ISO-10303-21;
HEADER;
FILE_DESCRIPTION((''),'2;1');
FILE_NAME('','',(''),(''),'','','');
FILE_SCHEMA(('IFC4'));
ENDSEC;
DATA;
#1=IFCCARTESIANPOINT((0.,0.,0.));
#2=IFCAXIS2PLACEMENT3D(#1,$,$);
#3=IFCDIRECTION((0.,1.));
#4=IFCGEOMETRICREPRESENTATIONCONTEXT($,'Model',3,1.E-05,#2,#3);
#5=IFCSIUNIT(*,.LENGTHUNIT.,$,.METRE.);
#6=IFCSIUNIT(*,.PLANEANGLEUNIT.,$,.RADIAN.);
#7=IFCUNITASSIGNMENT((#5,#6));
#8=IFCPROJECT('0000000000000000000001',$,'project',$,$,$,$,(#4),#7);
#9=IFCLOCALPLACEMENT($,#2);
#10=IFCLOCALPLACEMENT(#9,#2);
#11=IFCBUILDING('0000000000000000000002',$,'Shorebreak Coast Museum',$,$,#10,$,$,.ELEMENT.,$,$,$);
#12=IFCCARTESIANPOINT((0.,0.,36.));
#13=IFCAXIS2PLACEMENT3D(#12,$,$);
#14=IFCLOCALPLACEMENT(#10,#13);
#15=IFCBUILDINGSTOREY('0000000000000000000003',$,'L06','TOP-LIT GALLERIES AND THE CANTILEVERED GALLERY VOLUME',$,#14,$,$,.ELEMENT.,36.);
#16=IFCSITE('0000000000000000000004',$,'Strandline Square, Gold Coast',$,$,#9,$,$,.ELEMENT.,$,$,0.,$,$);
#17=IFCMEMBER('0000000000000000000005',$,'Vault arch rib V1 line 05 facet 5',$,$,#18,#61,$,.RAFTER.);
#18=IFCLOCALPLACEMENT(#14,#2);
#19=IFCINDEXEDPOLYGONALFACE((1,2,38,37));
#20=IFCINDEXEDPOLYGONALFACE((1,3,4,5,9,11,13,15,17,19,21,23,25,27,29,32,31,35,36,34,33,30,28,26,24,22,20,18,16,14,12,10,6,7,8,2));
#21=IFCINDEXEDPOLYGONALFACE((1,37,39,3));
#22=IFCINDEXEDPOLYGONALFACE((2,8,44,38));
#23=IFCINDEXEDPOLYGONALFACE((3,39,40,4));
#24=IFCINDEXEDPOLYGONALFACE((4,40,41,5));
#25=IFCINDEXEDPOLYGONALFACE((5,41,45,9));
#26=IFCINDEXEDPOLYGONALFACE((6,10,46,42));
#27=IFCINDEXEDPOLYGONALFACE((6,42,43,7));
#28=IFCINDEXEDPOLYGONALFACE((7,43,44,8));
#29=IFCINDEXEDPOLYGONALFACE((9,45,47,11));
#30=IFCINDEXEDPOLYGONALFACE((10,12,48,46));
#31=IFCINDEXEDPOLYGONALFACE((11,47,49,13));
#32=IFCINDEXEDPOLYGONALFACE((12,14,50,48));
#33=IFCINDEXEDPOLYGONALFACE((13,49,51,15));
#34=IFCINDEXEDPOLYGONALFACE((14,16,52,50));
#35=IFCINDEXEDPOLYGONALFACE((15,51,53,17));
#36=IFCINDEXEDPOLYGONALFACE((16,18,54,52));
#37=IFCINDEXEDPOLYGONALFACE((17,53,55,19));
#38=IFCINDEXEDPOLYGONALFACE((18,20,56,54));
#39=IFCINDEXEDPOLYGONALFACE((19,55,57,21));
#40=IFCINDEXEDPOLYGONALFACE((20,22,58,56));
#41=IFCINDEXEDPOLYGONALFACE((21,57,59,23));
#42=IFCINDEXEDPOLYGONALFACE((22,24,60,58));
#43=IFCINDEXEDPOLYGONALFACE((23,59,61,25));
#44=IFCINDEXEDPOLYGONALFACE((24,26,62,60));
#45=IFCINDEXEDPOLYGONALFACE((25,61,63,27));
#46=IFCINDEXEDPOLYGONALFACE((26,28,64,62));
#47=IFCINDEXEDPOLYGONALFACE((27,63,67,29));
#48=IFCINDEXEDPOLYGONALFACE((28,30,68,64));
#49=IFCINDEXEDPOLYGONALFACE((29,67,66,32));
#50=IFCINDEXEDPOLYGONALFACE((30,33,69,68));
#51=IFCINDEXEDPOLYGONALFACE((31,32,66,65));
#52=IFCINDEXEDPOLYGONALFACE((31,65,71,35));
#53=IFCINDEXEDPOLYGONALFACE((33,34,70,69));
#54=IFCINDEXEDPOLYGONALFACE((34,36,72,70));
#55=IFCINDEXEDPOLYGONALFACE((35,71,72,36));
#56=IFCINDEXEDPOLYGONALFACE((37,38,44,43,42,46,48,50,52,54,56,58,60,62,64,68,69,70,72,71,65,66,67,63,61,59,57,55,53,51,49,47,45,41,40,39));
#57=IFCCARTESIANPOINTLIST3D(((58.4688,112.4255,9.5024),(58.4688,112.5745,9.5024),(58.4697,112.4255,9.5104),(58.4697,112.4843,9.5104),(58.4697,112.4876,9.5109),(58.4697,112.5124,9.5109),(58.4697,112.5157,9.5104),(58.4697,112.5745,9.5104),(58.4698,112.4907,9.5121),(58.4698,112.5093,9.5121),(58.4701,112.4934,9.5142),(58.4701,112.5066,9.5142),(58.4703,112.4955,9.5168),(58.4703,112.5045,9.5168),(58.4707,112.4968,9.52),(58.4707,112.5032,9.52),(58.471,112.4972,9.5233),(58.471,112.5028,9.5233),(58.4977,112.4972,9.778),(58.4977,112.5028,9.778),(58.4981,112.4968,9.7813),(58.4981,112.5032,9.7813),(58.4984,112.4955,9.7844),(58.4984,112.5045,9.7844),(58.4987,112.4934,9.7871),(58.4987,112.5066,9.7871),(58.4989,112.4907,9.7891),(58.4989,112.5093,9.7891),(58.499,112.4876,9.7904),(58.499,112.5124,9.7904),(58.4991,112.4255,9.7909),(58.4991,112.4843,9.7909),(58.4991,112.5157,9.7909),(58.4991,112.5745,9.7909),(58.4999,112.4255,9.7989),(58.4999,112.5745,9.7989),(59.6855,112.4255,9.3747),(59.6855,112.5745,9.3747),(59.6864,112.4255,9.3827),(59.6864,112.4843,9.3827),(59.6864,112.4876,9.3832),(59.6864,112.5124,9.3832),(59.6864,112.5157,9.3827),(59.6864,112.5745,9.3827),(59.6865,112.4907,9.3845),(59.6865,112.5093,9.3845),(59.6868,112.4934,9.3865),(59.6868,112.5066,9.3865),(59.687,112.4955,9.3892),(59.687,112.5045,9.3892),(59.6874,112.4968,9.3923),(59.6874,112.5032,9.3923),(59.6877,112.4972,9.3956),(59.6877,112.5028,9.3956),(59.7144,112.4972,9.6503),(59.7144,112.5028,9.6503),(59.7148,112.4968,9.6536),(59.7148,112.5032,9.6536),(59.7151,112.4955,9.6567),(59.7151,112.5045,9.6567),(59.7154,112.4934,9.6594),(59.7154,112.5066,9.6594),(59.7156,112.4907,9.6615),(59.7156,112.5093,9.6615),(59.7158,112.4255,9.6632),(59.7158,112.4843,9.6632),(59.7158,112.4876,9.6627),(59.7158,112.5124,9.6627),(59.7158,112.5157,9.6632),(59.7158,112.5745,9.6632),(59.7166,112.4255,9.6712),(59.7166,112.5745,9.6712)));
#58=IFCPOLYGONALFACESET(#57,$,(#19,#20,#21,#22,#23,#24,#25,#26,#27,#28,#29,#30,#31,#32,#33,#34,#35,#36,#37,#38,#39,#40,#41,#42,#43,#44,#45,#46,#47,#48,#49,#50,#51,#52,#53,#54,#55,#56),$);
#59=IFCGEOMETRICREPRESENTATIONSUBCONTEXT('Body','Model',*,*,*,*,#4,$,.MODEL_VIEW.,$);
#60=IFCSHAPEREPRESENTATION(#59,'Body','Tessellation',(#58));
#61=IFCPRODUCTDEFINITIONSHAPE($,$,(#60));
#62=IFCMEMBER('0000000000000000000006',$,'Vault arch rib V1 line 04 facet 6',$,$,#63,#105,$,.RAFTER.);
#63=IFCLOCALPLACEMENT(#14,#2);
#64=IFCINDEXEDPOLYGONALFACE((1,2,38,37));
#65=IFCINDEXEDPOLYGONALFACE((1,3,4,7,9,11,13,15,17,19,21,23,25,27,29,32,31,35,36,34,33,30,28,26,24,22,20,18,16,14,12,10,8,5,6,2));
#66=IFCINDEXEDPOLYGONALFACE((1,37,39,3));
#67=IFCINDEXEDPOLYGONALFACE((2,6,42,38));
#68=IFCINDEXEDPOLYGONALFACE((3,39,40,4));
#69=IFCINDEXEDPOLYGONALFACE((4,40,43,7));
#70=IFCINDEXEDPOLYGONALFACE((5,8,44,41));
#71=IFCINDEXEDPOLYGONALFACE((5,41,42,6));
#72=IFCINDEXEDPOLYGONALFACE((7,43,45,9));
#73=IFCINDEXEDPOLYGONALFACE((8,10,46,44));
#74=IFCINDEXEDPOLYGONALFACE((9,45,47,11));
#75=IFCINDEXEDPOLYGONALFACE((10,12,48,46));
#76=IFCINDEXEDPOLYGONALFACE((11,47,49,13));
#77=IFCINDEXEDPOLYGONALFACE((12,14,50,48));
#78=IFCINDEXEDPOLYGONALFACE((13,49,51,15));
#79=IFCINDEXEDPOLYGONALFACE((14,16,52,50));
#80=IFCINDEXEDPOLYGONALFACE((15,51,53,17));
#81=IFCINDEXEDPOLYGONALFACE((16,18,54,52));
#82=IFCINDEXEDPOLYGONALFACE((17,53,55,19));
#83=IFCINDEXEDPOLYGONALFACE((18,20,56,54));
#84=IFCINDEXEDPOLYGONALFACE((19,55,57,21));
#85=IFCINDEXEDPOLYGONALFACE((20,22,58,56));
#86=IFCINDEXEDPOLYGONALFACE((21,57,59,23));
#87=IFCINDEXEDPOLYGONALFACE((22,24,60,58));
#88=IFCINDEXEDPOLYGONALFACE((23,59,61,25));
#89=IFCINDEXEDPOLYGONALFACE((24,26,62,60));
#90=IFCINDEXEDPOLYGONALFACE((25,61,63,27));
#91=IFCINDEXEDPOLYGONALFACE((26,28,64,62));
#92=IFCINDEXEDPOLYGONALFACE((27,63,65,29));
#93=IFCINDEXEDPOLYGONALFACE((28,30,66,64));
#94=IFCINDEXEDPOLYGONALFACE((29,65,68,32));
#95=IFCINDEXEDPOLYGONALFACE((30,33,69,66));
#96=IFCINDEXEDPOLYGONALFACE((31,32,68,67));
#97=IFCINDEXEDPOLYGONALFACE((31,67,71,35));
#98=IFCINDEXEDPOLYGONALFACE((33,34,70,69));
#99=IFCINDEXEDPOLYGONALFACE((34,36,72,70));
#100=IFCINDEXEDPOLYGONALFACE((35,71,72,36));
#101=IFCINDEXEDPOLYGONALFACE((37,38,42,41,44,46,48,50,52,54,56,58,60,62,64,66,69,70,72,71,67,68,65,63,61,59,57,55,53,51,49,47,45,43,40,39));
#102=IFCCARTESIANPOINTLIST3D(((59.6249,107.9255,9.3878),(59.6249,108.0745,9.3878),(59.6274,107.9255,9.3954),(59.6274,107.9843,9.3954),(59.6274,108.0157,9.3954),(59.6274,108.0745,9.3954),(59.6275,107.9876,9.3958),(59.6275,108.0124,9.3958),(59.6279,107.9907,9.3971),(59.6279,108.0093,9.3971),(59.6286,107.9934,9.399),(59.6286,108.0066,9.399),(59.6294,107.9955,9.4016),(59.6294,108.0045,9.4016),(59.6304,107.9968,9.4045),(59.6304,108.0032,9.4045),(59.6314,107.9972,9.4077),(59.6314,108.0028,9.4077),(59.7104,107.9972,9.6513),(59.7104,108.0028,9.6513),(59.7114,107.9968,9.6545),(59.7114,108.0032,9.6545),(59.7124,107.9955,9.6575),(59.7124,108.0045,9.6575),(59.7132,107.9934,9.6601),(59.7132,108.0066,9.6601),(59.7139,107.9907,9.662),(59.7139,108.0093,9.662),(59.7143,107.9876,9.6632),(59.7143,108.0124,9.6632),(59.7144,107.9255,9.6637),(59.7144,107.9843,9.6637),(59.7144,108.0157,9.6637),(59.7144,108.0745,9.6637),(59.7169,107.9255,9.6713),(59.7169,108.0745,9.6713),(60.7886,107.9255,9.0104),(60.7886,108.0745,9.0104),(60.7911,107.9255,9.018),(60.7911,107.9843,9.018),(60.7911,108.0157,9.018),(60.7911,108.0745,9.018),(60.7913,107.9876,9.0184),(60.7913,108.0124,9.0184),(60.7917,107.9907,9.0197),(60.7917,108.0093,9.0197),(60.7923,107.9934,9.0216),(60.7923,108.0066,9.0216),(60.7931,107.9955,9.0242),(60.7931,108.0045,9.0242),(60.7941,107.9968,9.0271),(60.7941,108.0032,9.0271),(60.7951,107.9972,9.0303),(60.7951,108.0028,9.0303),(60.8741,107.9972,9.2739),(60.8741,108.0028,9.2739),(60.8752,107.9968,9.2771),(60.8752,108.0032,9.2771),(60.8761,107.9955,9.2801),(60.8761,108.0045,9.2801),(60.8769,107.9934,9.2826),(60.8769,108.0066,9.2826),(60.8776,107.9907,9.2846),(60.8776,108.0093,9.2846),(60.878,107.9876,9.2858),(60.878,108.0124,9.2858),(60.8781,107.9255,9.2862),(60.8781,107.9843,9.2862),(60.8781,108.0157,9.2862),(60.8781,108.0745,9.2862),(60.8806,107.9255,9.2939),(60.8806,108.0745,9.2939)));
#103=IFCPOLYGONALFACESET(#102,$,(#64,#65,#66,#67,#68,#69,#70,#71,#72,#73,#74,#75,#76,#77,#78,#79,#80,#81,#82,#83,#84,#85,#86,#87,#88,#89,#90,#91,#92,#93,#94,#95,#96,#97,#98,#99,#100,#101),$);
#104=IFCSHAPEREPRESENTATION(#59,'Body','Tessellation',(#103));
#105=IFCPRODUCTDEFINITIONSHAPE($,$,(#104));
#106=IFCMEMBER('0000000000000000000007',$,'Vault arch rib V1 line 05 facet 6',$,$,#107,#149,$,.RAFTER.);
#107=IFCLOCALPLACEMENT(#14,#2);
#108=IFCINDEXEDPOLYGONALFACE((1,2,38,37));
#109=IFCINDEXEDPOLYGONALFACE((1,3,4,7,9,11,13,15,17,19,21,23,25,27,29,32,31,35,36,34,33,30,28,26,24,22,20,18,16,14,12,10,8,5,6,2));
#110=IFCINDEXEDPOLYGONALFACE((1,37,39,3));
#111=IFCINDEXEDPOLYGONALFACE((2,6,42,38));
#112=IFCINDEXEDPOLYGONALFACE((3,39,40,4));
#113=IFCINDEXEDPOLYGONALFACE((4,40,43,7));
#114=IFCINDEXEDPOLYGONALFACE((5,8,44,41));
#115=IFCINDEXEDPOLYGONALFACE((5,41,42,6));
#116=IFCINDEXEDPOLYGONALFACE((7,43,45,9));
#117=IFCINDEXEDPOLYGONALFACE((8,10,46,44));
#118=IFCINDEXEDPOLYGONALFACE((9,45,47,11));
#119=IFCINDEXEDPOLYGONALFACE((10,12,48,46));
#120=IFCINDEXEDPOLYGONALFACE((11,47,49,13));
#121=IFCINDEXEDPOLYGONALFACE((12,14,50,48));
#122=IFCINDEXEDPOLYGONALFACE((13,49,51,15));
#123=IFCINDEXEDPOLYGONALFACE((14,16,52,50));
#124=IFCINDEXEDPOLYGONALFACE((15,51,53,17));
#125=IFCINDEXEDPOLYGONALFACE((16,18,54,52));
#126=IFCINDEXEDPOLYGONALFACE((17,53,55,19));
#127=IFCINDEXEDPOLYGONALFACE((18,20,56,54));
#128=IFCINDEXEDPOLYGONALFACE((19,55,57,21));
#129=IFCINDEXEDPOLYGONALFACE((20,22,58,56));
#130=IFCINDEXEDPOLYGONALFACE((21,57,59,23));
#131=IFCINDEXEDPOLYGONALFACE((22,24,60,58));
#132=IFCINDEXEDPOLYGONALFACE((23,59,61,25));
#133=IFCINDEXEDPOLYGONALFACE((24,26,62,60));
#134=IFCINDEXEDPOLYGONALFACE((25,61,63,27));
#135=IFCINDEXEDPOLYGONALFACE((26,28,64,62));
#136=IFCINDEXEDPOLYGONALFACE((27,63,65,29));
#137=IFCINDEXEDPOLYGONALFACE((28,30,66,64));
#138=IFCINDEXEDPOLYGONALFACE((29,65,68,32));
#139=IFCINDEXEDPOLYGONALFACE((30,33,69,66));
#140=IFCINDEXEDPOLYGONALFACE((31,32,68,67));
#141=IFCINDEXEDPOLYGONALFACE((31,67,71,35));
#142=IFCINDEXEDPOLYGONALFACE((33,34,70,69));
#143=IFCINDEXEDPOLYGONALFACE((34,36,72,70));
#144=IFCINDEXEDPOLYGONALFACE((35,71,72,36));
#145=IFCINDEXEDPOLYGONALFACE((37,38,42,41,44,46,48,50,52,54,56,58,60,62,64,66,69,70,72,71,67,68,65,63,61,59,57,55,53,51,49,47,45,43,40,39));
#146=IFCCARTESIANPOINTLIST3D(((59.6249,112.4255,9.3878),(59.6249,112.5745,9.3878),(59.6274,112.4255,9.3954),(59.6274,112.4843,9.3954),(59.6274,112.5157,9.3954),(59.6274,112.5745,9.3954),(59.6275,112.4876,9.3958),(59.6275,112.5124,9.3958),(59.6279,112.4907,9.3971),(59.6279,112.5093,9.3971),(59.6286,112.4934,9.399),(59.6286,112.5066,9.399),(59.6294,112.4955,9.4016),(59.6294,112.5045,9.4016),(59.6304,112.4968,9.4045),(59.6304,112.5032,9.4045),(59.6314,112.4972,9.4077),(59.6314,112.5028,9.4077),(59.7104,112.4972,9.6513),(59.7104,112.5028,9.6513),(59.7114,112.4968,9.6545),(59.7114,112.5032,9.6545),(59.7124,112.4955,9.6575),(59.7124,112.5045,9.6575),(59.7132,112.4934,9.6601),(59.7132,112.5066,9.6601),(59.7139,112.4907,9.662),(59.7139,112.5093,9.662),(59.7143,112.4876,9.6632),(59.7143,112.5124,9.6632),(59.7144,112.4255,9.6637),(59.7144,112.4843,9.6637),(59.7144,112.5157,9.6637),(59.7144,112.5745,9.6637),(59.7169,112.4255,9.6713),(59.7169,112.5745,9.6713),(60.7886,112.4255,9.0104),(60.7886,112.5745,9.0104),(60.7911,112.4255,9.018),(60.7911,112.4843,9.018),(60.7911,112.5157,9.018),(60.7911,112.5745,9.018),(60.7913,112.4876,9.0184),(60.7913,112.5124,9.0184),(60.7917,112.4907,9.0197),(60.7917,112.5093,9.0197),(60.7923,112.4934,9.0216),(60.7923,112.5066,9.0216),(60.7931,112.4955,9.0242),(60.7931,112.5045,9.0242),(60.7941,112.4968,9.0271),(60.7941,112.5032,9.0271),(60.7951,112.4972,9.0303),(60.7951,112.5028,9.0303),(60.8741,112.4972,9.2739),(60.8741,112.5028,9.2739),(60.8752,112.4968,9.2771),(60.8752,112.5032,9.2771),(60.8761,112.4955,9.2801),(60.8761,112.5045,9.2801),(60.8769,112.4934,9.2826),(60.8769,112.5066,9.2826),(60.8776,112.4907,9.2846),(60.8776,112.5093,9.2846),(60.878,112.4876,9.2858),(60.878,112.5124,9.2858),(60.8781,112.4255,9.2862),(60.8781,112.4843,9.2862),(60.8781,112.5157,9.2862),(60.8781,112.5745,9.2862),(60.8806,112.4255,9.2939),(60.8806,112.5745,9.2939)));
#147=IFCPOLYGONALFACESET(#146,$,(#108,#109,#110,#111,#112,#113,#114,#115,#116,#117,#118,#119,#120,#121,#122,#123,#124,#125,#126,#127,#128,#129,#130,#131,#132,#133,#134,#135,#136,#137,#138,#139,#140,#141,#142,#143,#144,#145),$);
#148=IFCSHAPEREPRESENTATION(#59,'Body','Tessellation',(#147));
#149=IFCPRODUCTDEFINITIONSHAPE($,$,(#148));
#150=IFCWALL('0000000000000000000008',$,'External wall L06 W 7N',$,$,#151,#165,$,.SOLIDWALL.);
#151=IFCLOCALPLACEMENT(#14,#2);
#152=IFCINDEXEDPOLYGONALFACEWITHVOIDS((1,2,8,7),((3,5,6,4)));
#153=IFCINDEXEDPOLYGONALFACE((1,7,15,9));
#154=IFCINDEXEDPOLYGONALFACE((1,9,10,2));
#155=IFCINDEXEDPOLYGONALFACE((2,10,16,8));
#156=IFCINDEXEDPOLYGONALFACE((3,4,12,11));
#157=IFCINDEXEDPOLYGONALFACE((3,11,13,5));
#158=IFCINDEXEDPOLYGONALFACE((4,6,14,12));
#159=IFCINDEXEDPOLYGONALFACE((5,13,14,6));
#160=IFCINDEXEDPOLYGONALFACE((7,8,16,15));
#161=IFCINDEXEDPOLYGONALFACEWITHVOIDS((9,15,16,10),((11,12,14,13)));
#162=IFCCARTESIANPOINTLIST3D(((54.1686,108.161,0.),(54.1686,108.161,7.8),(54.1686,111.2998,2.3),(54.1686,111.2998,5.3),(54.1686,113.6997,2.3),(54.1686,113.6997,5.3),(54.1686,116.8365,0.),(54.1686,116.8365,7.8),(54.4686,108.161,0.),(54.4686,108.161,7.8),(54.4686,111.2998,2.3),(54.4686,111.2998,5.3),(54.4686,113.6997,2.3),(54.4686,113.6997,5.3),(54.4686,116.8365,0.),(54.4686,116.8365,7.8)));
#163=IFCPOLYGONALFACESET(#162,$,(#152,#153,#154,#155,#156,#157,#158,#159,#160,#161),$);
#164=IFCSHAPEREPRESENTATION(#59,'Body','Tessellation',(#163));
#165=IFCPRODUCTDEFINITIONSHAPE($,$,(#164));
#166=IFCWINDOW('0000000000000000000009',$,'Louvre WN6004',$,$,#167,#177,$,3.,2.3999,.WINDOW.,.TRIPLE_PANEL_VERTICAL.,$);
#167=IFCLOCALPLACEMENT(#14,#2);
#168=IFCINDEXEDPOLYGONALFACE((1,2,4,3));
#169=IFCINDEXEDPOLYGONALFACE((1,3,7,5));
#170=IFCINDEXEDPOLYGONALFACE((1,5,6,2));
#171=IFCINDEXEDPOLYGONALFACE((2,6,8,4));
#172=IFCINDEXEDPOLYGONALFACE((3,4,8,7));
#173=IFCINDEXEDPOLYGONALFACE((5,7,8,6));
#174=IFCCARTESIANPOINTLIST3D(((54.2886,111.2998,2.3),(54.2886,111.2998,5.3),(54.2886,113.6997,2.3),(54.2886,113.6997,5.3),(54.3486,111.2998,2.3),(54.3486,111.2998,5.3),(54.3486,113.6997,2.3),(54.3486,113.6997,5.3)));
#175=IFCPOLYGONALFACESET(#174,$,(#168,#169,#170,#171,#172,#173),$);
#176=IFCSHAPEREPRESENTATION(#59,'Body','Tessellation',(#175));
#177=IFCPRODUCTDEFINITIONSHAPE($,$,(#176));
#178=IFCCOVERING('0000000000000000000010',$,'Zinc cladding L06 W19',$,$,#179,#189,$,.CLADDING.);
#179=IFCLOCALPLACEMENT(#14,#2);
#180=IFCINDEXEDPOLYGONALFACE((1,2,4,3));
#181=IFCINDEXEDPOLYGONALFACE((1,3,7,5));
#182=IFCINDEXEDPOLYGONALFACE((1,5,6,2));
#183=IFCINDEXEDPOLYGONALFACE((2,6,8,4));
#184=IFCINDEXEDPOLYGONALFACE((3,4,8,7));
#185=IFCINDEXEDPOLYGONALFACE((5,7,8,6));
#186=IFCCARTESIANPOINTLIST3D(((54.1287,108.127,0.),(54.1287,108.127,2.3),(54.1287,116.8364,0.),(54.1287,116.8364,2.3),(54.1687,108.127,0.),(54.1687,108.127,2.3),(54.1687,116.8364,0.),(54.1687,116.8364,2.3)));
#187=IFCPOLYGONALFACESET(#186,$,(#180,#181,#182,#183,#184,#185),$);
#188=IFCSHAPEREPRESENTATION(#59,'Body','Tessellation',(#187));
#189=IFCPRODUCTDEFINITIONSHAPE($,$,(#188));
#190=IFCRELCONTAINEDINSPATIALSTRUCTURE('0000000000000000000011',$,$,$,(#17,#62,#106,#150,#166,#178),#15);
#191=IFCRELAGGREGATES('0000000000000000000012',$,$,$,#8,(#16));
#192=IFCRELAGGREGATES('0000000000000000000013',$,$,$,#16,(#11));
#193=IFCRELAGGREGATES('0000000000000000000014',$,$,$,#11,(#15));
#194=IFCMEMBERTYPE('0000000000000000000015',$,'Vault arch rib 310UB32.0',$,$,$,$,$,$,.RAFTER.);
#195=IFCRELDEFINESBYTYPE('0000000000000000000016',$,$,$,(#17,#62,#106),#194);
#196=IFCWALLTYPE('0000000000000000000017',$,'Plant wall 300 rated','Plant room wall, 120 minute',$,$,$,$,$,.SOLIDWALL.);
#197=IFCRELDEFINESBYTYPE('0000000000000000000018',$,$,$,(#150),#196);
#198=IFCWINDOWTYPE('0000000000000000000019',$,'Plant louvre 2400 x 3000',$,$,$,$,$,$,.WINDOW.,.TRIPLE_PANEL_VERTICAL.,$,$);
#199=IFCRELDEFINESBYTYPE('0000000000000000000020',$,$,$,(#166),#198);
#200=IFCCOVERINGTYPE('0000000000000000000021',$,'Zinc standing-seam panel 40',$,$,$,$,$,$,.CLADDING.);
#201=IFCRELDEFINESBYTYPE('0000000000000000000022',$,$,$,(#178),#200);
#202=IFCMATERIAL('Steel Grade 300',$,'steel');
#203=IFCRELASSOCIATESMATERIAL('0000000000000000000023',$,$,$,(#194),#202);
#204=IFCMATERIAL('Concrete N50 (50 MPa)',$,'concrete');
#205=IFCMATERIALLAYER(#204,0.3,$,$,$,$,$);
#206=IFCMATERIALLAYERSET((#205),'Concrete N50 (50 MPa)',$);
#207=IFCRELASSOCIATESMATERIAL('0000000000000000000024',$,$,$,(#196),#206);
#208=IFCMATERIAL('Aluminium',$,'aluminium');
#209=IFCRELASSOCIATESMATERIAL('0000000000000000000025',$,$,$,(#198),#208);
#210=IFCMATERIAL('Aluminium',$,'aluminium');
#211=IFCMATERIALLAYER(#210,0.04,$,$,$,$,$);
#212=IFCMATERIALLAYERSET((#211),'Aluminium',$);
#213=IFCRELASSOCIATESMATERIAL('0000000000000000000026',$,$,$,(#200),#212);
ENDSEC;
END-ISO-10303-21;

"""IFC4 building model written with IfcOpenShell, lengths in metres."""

from ifc_helpers import new_model, si_unit, direction, frame, frame_2d, origin, origin_2d, place, context, subcontext, project, spatial, rectangle, i_section, extrude, material, layer, layer_set, material_profile, profile_set, type_object, element, fill, save


model = new_model("IFC4")

# Units and contexts
model_context = context("Model", 3, precision=1e-05, world=origin(), true_north=direction((0.0, 1.0)))
body_context = subcontext(model_context, "Body", "Model", "MODEL_VIEW")
ifc_project = project(units=[si_unit("LENGTHUNIT", "METRE"), si_unit("PLANEANGLEUNIT", "RADIAN")], contexts=[model_context])

# Site, building, storey
site_placement = place(None, origin())
site = spatial("IfcSite", under=ifc_project, at=site_placement, Name="Strandline Square, Gold Coast", CompositionType="ELEMENT", RefElevation=0.0)
building_placement = place(site_placement, origin())
building = spatial("IfcBuilding", under=site, at=building_placement, Name="Shorebreak Coast Museum", CompositionType="ELEMENT")
storey_placement = place(building_placement, frame((0.0, 0.0, 36.0)))
storey = spatial("IfcBuildingStorey", under=building, at=storey_placement, Name="L06", Description="TOP-LIT GALLERIES AND THE CANTILEVERED GALLERY VOLUME", CompositionType="ELEMENT", Elevation=36.0)

# Members
ifc_material_1 = material(Name="Steel Grade 300", Category="steel")
ifc_material_profile_1 = material_profile(ifc_material_1, i_section(OverallWidth=0.1489, OverallDepth=0.2981, WebThickness=0.0056, FlangeThickness=0.0081, FilletRadius=0.0129, at=origin_2d()), Name="310UB32.0")
ifc_profile_set_1 = profile_set([ifc_material_profile_1], Name="Steel Grade 300")
member_type_1 = type_object("IfcMemberType", Name="Vault arch rib 310UB32.0", PredefinedType="RAFTER", material=ifc_profile_set_1)
for number, where, z_axis, x_axis, name in (
    (1, (58.4844, 112.5, 9.6506), (0.994539, 0.0, -0.104363), (0.0, 1.0, 0.0), "Vault arch rib V1 line 05 facet 5"),
    (2, (59.6709, 108.0, 9.5295), (0.951226, 0.0, -0.308495), (0.0, 1.0, 0.0), "Vault arch rib V1 line 04 facet 6"),
    (3, (59.6709, 112.5, 9.5295), (0.951226, 0.0, -0.308495), (0.0, 1.0, 0.0), "Vault arch rib V1 line 05 facet 6"),
):
    element("IfcMember", number, at=place(storey_placement, frame(where, z_axis=z_axis, x_axis=x_axis)), inside=storey, type_object=member_type_1, Name=name, PredefinedType="RAFTER", context=body_context, shape_type="SweptSolid", body=[
        extrude(i_section(OverallWidth=0.1489, OverallDepth=0.2981, WebThickness=0.0056, FlangeThickness=0.0081, FilletRadius=0.0129, at=origin_2d()), origin(), (0.0, 0.0, 1.0), 1.2234),
    ])

# Wall, opening, window
ifc_material_2 = material(Name="Concrete N50 (50 MPa)", Category="concrete")
ifc_layer_1 = layer(ifc_material_2, 0.3)
ifc_layer_set_1 = layer_set([ifc_layer_1], Name="Concrete N50 (50 MPa)")
wall_type = type_object("IfcWallType", Name="Plant wall 300 rated", Description="Plant room wall, 120 minute", PredefinedType="SOLIDWALL", material=ifc_layer_set_1)
wall_placement = place(storey_placement, frame((54.3186, 108.1609, 0.0), z_axis=(0.0, 0.0, 1.0), x_axis=(0.0, 1.0, 0.0)))
wall = element("IfcWall", 4, at=wall_placement, inside=storey, type_object=wall_type, Name="External wall L06 W 7N", PredefinedType="SOLIDWALL", context=body_context, shape_type="SweptSolid", body=[
    extrude(rectangle(XDim=8.6755, YDim=0.3, at=frame_2d((4.3379, 0.0))), origin(), (0.0, 0.0, 1.0), 7.8),
])
opening_placement = place(wall_placement, frame((3.1389, 0.0, 2.3)))
opening = element("IfcOpeningElement", 5, at=opening_placement, cuts=wall, PredefinedType="OPENING", context=body_context, shape_type="SweptSolid", body=[
    extrude(rectangle(XDim=2.3999, YDim=3.0, at=frame_2d((1.2, 1.5))), frame((0.0, 0.1599, 0.0), z_axis=(0.0, -1.0, 0.0), x_axis=(1.0, 0.0, 0.0)), (0.0, 0.0, 1.0), 0.3201),
])
ifc_material_3 = material(Name="Aluminium", Category="aluminium")
window_type = type_object("IfcWindowType", Name="Plant louvre 2400 x 3000", PartitioningType="TRIPLE_PANEL_VERTICAL", PredefinedType="WINDOW", material=ifc_material_3)
window_placement = place(opening_placement, origin())
window = element("IfcWindow", 6, at=window_placement, inside=storey, type_object=window_type, Name="Louvre WN6004", OverallHeight=3.0, OverallWidth=2.3999, PartitioningType="TRIPLE_PANEL_VERTICAL", PredefinedType="WINDOW", context=body_context, shape_type="SweptSolid", body=[
    extrude(rectangle(XDim=2.3999, YDim=3.0, at=frame_2d((1.2, 1.5))), frame((0.0, 0.03, 0.0), z_axis=(0.0, -1.0, 0.0), x_axis=(1.0, 0.0, 0.0)), (0.0, 0.0, 1.0), 0.0601),
])
fill(opening, window)

# Covering
ifc_material_4 = material(Name="Aluminium", Category="aluminium")
ifc_layer_2 = layer(ifc_material_4, 0.04)
ifc_layer_set_2 = layer_set([ifc_layer_2], Name="Aluminium")
covering_type = type_object("IfcCoveringType", Name="Zinc standing-seam panel 40", PredefinedType="CLADDING", material=ifc_layer_set_2)
covering_1_placement = place(storey_placement, frame((54.1487, 112.4817, 0.0), z_axis=(0.0, 0.0, 1.0), x_axis=(1.0, 0.0, 0.0)))
element("IfcCovering", 7, at=covering_1_placement, inside=storey, type_object=covering_type, Name="Zinc cladding L06 W19", PredefinedType="CLADDING", context=body_context, shape_type="SweptSolid", body=[
    extrude(rectangle(XDim=0.04, YDim=8.7095, at=origin_2d()), origin(), (0.0, 0.0, 1.0), 2.3),
])

save(model, "model.ifc")
